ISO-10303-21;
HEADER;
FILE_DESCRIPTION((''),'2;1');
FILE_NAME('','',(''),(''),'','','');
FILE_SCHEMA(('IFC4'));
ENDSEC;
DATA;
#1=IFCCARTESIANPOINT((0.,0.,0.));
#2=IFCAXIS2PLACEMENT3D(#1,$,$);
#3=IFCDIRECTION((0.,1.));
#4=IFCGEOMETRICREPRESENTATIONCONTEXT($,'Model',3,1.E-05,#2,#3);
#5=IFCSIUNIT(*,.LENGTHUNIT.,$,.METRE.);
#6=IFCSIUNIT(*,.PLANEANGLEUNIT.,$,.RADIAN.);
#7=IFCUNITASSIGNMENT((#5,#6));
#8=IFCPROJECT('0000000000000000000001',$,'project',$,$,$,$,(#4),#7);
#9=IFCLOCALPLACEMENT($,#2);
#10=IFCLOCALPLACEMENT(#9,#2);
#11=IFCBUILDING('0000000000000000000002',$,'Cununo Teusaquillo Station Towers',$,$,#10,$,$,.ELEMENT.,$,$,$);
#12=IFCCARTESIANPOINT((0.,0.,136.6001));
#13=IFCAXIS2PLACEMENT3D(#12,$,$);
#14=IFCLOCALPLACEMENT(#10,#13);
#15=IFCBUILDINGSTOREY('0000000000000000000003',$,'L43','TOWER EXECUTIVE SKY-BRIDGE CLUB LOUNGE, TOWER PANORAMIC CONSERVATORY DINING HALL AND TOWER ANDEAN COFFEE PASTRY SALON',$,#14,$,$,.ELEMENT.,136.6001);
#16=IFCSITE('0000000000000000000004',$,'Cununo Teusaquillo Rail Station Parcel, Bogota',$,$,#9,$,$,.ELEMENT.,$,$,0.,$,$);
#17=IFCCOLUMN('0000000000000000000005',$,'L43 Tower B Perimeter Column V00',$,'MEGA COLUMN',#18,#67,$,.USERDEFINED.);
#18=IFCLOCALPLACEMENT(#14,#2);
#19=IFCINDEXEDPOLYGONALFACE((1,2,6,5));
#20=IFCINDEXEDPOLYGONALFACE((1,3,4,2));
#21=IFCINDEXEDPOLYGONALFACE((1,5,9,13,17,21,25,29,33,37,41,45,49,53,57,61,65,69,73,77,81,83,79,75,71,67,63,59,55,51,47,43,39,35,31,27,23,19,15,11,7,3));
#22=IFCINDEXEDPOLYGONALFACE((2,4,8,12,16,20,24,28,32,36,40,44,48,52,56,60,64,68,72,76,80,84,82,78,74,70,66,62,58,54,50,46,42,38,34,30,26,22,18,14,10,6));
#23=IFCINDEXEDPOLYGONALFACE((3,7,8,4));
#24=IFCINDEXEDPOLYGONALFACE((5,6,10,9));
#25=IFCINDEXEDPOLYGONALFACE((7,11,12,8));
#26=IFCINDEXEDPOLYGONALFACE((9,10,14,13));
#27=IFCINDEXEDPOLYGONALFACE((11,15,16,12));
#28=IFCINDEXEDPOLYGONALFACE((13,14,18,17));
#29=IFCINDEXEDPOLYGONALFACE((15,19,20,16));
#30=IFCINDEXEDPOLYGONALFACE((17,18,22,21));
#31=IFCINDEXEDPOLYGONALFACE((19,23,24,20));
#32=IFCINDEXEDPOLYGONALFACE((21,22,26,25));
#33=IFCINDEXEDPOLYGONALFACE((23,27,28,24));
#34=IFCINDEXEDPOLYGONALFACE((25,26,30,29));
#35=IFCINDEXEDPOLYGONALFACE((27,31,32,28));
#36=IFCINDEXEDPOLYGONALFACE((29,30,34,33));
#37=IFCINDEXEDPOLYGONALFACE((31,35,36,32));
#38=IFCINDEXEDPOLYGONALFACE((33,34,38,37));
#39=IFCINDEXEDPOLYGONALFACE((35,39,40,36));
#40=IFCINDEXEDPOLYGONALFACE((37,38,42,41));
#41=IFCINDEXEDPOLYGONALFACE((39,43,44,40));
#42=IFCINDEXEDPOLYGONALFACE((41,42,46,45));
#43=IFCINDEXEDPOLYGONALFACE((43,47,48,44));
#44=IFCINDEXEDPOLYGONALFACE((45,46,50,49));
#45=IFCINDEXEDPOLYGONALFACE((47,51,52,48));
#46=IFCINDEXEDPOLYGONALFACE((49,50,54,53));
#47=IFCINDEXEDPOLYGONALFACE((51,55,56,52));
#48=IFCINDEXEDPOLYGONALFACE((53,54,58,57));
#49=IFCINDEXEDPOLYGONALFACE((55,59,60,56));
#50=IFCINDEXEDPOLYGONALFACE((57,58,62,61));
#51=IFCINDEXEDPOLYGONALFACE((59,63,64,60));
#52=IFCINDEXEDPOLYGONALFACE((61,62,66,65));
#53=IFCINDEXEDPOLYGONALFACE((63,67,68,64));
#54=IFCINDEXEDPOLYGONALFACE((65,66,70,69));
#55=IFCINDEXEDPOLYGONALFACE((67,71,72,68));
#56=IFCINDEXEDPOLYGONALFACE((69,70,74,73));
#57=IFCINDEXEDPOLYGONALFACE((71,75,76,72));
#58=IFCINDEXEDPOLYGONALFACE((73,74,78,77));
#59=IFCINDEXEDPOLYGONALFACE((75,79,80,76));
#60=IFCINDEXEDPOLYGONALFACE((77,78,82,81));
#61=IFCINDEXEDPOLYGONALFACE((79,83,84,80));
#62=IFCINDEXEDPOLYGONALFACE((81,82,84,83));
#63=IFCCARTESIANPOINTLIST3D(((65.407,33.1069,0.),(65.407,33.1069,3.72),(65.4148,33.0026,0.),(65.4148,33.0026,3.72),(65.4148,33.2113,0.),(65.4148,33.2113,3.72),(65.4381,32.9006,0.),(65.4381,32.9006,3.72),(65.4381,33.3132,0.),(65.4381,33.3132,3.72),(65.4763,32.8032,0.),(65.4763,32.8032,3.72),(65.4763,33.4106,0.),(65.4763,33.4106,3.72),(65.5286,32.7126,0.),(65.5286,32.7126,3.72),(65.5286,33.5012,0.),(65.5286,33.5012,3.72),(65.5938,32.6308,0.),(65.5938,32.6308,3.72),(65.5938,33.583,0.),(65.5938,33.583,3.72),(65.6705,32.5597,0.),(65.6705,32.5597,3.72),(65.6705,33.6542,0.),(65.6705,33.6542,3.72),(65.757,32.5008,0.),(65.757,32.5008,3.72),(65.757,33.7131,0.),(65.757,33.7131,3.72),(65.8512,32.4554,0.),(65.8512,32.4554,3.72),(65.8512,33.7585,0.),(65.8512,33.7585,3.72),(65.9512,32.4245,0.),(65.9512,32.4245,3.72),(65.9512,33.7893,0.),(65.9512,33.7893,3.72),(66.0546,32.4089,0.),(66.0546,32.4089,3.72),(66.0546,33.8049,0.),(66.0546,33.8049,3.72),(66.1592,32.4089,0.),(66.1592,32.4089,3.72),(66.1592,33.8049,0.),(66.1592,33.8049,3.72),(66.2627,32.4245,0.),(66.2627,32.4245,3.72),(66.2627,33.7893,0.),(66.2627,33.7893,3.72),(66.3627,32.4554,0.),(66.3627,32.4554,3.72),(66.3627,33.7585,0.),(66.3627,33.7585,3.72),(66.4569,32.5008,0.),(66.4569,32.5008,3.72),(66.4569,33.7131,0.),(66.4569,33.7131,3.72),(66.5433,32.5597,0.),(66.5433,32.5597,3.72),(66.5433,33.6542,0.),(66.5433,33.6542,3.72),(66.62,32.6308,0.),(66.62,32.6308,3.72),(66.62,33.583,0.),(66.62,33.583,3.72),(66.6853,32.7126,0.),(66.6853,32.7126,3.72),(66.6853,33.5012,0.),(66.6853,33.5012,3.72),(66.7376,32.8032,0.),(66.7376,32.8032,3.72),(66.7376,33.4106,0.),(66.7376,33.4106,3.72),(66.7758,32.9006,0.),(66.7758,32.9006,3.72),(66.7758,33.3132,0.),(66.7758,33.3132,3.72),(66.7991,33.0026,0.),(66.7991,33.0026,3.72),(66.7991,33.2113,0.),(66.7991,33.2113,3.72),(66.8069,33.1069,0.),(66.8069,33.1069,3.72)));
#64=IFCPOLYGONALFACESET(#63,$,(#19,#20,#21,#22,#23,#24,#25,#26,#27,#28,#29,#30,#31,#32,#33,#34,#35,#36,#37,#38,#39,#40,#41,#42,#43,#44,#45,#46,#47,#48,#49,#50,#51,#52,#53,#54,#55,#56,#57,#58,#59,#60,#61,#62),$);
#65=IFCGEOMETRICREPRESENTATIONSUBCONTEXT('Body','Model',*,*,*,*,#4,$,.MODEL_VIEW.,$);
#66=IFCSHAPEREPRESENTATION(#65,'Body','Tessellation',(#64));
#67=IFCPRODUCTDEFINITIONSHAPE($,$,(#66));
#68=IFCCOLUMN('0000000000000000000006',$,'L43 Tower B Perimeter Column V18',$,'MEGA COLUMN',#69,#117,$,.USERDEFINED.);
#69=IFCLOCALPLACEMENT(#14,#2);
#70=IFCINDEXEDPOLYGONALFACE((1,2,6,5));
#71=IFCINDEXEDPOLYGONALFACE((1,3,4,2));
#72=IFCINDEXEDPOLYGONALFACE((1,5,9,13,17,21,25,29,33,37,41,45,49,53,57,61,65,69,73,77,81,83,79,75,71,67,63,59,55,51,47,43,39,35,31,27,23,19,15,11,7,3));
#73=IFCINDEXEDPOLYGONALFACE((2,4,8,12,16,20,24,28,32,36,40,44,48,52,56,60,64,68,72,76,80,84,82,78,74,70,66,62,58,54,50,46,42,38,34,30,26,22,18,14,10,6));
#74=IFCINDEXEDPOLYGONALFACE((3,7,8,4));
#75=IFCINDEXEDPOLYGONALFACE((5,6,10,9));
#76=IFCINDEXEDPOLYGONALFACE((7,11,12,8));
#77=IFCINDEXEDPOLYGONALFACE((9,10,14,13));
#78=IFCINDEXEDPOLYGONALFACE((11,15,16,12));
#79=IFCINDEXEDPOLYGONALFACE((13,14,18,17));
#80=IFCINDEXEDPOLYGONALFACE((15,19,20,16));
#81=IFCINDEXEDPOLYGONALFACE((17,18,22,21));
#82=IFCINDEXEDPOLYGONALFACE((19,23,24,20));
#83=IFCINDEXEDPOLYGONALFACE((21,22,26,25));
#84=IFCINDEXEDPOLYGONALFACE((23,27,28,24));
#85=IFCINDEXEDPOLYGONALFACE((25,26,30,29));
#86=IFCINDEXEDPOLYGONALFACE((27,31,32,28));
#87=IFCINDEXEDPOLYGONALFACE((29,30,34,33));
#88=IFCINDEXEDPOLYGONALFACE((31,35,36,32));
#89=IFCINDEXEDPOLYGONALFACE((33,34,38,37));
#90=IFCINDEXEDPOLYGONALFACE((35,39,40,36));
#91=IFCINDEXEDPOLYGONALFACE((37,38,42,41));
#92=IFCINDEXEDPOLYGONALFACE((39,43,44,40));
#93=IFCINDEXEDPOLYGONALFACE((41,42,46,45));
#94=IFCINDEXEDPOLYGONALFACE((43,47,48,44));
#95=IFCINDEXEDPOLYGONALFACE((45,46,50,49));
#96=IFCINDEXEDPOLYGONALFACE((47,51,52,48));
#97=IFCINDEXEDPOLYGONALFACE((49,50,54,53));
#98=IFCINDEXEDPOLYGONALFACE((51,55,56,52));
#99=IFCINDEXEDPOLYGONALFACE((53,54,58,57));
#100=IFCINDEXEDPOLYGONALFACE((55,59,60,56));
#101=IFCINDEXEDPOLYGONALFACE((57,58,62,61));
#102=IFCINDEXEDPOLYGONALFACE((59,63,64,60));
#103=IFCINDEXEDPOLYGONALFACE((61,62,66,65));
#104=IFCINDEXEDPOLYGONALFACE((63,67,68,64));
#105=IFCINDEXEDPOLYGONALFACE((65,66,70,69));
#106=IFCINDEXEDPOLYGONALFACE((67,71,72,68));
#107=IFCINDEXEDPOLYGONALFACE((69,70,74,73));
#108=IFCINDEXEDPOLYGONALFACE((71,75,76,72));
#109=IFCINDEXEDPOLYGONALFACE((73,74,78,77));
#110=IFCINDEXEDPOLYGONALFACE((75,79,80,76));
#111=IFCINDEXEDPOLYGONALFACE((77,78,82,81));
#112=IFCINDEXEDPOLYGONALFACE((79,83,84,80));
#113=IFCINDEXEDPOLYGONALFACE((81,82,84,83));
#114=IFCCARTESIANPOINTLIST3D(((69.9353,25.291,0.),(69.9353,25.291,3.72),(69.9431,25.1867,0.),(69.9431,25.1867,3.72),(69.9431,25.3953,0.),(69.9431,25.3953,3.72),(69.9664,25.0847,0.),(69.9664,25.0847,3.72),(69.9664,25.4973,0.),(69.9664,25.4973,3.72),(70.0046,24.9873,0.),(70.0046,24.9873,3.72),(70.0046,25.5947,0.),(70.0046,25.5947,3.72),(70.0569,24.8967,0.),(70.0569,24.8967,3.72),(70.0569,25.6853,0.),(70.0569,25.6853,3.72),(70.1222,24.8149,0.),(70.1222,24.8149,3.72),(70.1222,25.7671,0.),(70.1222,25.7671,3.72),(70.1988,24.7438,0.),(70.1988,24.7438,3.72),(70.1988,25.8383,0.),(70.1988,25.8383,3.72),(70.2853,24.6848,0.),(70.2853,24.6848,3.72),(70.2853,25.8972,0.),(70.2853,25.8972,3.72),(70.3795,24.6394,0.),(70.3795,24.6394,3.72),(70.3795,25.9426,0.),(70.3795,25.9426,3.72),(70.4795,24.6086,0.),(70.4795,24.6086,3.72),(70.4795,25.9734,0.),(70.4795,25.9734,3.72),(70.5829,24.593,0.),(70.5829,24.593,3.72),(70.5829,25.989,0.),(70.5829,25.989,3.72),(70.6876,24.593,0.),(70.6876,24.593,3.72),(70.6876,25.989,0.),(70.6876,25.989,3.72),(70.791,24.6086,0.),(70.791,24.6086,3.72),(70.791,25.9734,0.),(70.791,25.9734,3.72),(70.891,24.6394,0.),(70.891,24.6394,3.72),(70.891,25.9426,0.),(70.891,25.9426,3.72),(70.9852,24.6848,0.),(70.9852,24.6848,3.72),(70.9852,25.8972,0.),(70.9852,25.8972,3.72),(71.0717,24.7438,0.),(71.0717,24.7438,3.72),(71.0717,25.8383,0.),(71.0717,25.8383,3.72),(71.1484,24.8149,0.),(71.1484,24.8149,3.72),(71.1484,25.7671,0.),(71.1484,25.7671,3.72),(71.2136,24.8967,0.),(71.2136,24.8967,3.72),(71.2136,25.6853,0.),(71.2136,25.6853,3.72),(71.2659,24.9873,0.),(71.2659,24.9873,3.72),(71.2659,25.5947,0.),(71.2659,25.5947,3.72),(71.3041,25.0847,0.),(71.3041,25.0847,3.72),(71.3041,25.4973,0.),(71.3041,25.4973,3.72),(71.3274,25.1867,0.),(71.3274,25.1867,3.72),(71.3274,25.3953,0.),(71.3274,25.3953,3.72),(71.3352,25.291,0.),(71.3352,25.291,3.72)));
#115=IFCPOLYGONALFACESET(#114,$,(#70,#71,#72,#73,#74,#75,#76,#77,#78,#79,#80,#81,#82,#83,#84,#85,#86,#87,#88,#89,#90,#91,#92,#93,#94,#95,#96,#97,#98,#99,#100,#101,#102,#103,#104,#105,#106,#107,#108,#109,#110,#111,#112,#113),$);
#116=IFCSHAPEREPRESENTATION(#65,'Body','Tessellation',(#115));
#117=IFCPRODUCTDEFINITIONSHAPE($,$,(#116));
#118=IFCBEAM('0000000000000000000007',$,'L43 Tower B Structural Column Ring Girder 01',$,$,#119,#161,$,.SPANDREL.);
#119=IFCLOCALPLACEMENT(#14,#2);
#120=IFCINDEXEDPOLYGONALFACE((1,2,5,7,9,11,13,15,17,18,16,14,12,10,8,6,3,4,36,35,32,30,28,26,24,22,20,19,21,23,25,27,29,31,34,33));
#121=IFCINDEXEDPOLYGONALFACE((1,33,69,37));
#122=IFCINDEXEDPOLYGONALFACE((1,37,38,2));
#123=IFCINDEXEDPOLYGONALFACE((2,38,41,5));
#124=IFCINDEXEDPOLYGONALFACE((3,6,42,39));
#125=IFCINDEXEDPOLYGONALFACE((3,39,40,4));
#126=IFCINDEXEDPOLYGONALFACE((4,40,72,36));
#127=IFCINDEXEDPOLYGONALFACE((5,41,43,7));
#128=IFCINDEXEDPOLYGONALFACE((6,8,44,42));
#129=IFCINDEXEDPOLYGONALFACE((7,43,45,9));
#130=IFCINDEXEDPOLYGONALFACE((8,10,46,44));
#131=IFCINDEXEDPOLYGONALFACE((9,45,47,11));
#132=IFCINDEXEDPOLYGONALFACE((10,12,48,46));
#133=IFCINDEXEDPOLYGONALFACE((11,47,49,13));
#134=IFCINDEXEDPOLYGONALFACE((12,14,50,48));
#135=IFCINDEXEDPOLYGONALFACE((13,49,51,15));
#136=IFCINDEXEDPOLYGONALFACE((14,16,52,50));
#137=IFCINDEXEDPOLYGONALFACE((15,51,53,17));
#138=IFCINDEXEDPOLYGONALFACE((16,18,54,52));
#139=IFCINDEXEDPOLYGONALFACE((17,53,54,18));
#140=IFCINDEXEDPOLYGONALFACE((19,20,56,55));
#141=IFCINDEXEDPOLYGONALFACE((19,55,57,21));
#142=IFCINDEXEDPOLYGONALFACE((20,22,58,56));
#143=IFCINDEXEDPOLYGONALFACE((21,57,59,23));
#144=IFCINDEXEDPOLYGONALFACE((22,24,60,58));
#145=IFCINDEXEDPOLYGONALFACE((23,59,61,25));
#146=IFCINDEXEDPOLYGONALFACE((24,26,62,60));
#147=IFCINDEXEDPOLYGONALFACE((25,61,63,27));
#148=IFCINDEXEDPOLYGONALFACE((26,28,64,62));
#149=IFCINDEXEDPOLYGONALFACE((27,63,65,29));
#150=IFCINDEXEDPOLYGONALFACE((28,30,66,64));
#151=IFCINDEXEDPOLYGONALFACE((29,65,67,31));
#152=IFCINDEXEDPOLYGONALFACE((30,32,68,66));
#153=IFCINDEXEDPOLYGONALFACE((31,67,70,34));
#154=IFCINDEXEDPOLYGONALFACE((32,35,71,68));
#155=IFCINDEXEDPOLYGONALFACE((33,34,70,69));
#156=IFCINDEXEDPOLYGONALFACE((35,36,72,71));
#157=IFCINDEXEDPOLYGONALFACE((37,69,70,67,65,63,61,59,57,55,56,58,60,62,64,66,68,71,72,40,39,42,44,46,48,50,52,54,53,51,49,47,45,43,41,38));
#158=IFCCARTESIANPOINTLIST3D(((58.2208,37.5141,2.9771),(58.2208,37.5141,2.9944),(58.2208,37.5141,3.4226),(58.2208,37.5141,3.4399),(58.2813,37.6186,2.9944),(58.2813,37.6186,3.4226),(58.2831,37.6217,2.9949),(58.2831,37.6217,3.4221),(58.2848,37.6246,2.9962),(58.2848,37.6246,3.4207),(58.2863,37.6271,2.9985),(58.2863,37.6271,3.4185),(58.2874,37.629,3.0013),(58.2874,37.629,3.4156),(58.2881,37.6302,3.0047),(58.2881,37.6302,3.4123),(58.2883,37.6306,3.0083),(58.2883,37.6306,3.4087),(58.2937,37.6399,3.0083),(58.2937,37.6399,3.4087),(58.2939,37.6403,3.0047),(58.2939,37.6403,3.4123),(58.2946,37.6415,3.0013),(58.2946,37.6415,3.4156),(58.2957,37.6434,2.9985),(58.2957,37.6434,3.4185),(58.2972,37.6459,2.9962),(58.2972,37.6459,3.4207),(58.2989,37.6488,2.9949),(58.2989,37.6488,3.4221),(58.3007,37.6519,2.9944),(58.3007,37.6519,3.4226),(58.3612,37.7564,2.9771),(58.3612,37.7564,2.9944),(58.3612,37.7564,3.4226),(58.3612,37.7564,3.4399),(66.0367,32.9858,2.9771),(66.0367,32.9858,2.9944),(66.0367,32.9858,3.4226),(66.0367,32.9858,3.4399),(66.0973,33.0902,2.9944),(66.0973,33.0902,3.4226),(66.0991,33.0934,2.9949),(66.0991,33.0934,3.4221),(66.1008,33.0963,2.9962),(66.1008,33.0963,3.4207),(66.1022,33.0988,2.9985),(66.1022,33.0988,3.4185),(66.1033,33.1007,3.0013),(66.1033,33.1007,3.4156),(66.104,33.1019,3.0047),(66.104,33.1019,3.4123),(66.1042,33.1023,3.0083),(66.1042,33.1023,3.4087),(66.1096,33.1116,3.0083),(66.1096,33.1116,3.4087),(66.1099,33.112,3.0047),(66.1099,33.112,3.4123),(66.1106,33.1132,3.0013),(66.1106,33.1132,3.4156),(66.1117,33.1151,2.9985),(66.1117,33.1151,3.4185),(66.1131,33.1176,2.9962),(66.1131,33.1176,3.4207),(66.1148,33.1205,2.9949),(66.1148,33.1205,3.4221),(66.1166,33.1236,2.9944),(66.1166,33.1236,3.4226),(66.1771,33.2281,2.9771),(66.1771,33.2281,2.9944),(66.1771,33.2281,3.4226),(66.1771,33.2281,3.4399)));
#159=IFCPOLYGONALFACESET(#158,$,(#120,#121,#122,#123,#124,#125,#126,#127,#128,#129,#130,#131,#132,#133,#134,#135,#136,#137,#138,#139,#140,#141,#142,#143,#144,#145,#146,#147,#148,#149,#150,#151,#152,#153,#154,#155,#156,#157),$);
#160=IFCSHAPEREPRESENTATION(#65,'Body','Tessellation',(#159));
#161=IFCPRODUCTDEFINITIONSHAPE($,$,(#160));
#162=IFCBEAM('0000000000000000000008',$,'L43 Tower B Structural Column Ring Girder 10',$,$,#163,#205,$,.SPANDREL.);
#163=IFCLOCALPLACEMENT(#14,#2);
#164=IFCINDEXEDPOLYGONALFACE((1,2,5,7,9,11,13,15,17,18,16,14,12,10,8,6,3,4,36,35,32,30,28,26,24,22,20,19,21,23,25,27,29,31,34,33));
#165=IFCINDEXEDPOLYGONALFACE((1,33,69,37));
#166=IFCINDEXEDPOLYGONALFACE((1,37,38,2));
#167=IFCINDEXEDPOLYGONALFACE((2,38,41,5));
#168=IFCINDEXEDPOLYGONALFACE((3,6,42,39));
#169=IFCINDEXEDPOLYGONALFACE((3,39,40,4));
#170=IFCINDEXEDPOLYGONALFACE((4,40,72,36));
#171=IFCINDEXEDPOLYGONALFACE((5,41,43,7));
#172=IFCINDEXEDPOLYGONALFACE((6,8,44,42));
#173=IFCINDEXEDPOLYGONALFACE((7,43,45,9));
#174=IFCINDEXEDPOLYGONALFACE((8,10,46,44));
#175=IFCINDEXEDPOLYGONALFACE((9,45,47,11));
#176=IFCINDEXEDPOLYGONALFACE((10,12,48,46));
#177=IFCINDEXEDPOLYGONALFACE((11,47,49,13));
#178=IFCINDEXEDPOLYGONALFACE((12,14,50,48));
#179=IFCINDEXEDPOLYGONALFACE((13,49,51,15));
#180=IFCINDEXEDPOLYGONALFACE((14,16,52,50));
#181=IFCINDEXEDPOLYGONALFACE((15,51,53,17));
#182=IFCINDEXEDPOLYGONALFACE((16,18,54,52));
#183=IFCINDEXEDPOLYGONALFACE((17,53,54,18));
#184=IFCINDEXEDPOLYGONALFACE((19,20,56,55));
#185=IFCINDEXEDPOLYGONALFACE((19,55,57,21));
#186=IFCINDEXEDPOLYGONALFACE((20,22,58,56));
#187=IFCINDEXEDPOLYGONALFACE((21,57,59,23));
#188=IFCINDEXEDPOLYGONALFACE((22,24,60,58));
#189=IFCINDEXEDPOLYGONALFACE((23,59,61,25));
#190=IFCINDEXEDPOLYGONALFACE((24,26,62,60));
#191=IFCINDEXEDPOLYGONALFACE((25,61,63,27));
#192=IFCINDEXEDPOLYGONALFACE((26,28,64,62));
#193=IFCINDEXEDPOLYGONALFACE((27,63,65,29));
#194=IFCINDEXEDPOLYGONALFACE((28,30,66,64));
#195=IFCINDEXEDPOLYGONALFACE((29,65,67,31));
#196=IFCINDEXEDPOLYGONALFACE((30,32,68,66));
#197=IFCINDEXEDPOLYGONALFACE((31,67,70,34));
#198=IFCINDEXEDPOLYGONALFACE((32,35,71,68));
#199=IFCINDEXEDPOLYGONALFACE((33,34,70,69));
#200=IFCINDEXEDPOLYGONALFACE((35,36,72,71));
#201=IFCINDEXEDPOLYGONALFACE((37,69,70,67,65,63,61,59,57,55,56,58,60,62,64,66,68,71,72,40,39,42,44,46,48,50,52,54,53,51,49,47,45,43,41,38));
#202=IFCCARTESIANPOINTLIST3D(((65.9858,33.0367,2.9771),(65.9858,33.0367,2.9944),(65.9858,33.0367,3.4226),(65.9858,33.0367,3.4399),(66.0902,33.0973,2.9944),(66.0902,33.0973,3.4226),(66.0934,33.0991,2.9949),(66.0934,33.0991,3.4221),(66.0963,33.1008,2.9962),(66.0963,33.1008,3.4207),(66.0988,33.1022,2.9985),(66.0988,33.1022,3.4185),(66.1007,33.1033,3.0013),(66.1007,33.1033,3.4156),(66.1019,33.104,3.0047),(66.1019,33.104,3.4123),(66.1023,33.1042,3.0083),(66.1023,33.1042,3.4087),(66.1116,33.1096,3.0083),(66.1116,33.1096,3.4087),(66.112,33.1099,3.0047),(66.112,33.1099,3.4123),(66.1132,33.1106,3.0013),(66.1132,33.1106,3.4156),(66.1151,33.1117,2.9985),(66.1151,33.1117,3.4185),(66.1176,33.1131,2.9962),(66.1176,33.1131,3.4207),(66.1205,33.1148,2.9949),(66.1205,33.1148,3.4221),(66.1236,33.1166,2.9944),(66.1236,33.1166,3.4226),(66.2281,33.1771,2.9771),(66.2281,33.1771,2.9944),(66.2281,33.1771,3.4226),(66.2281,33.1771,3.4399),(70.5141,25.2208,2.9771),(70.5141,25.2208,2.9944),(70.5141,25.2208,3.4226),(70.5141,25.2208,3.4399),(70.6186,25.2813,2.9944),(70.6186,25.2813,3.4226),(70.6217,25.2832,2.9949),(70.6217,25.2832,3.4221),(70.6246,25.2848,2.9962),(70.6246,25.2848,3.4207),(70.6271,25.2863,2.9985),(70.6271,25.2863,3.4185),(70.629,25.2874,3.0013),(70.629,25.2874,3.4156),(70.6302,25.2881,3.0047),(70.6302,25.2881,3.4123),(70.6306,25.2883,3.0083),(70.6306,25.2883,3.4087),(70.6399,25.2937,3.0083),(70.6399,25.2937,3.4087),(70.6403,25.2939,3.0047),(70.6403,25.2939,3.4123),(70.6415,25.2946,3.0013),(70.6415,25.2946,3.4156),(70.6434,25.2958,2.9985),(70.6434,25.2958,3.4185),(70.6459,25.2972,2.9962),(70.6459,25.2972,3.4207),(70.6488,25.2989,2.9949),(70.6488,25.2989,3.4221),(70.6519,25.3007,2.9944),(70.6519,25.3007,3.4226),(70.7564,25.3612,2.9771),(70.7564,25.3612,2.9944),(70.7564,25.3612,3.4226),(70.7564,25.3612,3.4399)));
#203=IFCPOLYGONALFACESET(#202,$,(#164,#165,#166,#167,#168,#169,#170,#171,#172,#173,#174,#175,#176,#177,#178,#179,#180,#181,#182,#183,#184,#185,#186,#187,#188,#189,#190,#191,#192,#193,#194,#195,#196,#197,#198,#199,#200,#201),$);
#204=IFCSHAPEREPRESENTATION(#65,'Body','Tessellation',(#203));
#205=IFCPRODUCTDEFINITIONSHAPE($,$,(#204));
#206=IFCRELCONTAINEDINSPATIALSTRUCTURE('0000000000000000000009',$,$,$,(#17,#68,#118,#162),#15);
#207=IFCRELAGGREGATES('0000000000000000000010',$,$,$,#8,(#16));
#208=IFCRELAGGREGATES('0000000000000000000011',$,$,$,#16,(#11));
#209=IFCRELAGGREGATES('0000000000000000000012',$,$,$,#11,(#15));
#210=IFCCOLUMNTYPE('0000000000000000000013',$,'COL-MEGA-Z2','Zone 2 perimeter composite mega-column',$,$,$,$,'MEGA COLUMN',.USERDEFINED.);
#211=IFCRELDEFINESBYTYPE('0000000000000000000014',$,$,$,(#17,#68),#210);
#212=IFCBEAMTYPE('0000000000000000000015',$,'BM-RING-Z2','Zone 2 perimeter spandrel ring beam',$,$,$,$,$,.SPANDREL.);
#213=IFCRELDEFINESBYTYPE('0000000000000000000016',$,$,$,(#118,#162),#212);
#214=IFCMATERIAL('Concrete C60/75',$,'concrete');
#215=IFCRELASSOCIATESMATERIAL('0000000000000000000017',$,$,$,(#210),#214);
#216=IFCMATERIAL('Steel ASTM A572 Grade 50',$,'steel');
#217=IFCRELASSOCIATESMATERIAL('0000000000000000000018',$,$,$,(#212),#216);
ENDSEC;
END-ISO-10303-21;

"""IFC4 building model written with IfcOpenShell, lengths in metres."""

from ifc_helpers import new_model, si_unit, direction, frame, origin, origin_2d, place, context, subcontext, project, spatial, circle, i_section, extrude, material, material_profile, profile_set, type_object, element, save


model = new_model("IFC4")

# Units and contexts
model_context = context("Model", 3, precision=1e-05, world=origin(), true_north=direction((0.0, 1.0)))
body_context = subcontext(model_context, "Body", "Model", "MODEL_VIEW")
ifc_project = project(units=[si_unit("LENGTHUNIT", "METRE"), si_unit("PLANEANGLEUNIT", "RADIAN")], contexts=[model_context])

# Site, building, storey
site_placement = place(None, origin())
site = spatial("IfcSite", under=ifc_project, at=site_placement, Name="Cununo Teusaquillo Rail Station Parcel, Bogota", CompositionType="ELEMENT", RefElevation=0.0)
building_placement = place(site_placement, origin())
building = spatial("IfcBuilding", under=site, at=building_placement, Name="Cununo Teusaquillo Station Towers", CompositionType="ELEMENT")
storey_placement = place(building_placement, frame((0.0, 0.0, 136.6001)))
storey = spatial("IfcBuildingStorey", under=building, at=storey_placement, Name="L43", Description="TOWER EXECUTIVE SKY-BRIDGE CLUB LOUNGE, TOWER PANORAMIC CONSERVATORY DINING HALL AND TOWER ANDEAN COFFEE PASTRY SALON", CompositionType="ELEMENT", Elevation=136.6001)

# Columns
ifc_material_1 = material(Name="Concrete C60/75", Category="concrete")
ifc_material_profile_1 = material_profile(ifc_material_1, circle(Radius=0.7, at=origin_2d()), Name="RC-CIRC-1400")
ifc_profile_set_1 = profile_set([ifc_material_profile_1], Name="Concrete C60/75")
column_type = type_object("IfcColumnType", Name="COL-MEGA-Z2", Description="Zone 2 perimeter composite mega-column", ElementType="MEGA COLUMN", PredefinedType="USERDEFINED", material=ifc_profile_set_1)
for number, where, z_axis, x_axis, name in (
    (1, (66.1069, 33.1069, 0.0), (0.0, 0.0, 1.0), (1.0, 0.0, 0.0), "L43 Tower B Perimeter Column V00"),
    (2, (70.6353, 25.291, 0.0), (0.0, 0.0, 1.0), (1.0, 0.0, 0.0), "L43 Tower B Perimeter Column V18"),
):
    element("IfcColumn", number, at=place(storey_placement, frame(where, z_axis=z_axis, x_axis=x_axis)), inside=storey, type_object=column_type, Name=name, ObjectType="MEGA COLUMN", PredefinedType="USERDEFINED", context=body_context, shape_type="SweptSolid", body=[
        extrude(circle(Radius=0.7, at=origin_2d()), origin(), (0.0, 0.0, 1.0), 3.72),
    ])

# Beams
ifc_material_2 = material(Name="Steel ASTM A572 Grade 50", Category="steel")
ifc_material_profile_2 = material_profile(ifc_material_2, i_section(OverallWidth=0.28, OverallDepth=0.4629, WebThickness=0.0107, FlangeThickness=0.0173, FilletRadius=0.0139, at=origin_2d()), Name="W18X76")
ifc_profile_set_2 = profile_set([ifc_material_profile_2], Name="Steel ASTM A572 Grade 50")
beam_type = type_object("IfcBeamType", Name="BM-RING-Z2", Description="Zone 2 perimeter spandrel ring beam", PredefinedType="SPANDREL", material=ifc_profile_set_2)
for number, where, z_axis, x_axis, name in (
    (3, (66.1069, 33.1069, 3.2085), (-0.865267, 0.501311, 0.0), (-0.501311, -0.865267, 0.0), "L43 Tower B Structural Column Ring Girder 01"),
    (4, (70.6353, 25.291, 3.2085), (-0.501311, 0.865267, 0.0), (-0.865267, -0.501311, 0.0), "L43 Tower B Structural Column Ring Girder 10"),
):
    element("IfcBeam", number, at=place(storey_placement, frame(where, z_axis=z_axis, x_axis=x_axis)), inside=storey, type_object=beam_type, Name=name, PredefinedType="SPANDREL", context=body_context, shape_type="SweptSolid", body=[
        extrude(i_section(OverallWidth=0.28, OverallDepth=0.4629, WebThickness=0.0107, FlangeThickness=0.0173, FilletRadius=0.0139, at=origin_2d()), origin(), (0.0, 0.0, 1.0), 9.033),
    ])

save(model, "model.ifc")
